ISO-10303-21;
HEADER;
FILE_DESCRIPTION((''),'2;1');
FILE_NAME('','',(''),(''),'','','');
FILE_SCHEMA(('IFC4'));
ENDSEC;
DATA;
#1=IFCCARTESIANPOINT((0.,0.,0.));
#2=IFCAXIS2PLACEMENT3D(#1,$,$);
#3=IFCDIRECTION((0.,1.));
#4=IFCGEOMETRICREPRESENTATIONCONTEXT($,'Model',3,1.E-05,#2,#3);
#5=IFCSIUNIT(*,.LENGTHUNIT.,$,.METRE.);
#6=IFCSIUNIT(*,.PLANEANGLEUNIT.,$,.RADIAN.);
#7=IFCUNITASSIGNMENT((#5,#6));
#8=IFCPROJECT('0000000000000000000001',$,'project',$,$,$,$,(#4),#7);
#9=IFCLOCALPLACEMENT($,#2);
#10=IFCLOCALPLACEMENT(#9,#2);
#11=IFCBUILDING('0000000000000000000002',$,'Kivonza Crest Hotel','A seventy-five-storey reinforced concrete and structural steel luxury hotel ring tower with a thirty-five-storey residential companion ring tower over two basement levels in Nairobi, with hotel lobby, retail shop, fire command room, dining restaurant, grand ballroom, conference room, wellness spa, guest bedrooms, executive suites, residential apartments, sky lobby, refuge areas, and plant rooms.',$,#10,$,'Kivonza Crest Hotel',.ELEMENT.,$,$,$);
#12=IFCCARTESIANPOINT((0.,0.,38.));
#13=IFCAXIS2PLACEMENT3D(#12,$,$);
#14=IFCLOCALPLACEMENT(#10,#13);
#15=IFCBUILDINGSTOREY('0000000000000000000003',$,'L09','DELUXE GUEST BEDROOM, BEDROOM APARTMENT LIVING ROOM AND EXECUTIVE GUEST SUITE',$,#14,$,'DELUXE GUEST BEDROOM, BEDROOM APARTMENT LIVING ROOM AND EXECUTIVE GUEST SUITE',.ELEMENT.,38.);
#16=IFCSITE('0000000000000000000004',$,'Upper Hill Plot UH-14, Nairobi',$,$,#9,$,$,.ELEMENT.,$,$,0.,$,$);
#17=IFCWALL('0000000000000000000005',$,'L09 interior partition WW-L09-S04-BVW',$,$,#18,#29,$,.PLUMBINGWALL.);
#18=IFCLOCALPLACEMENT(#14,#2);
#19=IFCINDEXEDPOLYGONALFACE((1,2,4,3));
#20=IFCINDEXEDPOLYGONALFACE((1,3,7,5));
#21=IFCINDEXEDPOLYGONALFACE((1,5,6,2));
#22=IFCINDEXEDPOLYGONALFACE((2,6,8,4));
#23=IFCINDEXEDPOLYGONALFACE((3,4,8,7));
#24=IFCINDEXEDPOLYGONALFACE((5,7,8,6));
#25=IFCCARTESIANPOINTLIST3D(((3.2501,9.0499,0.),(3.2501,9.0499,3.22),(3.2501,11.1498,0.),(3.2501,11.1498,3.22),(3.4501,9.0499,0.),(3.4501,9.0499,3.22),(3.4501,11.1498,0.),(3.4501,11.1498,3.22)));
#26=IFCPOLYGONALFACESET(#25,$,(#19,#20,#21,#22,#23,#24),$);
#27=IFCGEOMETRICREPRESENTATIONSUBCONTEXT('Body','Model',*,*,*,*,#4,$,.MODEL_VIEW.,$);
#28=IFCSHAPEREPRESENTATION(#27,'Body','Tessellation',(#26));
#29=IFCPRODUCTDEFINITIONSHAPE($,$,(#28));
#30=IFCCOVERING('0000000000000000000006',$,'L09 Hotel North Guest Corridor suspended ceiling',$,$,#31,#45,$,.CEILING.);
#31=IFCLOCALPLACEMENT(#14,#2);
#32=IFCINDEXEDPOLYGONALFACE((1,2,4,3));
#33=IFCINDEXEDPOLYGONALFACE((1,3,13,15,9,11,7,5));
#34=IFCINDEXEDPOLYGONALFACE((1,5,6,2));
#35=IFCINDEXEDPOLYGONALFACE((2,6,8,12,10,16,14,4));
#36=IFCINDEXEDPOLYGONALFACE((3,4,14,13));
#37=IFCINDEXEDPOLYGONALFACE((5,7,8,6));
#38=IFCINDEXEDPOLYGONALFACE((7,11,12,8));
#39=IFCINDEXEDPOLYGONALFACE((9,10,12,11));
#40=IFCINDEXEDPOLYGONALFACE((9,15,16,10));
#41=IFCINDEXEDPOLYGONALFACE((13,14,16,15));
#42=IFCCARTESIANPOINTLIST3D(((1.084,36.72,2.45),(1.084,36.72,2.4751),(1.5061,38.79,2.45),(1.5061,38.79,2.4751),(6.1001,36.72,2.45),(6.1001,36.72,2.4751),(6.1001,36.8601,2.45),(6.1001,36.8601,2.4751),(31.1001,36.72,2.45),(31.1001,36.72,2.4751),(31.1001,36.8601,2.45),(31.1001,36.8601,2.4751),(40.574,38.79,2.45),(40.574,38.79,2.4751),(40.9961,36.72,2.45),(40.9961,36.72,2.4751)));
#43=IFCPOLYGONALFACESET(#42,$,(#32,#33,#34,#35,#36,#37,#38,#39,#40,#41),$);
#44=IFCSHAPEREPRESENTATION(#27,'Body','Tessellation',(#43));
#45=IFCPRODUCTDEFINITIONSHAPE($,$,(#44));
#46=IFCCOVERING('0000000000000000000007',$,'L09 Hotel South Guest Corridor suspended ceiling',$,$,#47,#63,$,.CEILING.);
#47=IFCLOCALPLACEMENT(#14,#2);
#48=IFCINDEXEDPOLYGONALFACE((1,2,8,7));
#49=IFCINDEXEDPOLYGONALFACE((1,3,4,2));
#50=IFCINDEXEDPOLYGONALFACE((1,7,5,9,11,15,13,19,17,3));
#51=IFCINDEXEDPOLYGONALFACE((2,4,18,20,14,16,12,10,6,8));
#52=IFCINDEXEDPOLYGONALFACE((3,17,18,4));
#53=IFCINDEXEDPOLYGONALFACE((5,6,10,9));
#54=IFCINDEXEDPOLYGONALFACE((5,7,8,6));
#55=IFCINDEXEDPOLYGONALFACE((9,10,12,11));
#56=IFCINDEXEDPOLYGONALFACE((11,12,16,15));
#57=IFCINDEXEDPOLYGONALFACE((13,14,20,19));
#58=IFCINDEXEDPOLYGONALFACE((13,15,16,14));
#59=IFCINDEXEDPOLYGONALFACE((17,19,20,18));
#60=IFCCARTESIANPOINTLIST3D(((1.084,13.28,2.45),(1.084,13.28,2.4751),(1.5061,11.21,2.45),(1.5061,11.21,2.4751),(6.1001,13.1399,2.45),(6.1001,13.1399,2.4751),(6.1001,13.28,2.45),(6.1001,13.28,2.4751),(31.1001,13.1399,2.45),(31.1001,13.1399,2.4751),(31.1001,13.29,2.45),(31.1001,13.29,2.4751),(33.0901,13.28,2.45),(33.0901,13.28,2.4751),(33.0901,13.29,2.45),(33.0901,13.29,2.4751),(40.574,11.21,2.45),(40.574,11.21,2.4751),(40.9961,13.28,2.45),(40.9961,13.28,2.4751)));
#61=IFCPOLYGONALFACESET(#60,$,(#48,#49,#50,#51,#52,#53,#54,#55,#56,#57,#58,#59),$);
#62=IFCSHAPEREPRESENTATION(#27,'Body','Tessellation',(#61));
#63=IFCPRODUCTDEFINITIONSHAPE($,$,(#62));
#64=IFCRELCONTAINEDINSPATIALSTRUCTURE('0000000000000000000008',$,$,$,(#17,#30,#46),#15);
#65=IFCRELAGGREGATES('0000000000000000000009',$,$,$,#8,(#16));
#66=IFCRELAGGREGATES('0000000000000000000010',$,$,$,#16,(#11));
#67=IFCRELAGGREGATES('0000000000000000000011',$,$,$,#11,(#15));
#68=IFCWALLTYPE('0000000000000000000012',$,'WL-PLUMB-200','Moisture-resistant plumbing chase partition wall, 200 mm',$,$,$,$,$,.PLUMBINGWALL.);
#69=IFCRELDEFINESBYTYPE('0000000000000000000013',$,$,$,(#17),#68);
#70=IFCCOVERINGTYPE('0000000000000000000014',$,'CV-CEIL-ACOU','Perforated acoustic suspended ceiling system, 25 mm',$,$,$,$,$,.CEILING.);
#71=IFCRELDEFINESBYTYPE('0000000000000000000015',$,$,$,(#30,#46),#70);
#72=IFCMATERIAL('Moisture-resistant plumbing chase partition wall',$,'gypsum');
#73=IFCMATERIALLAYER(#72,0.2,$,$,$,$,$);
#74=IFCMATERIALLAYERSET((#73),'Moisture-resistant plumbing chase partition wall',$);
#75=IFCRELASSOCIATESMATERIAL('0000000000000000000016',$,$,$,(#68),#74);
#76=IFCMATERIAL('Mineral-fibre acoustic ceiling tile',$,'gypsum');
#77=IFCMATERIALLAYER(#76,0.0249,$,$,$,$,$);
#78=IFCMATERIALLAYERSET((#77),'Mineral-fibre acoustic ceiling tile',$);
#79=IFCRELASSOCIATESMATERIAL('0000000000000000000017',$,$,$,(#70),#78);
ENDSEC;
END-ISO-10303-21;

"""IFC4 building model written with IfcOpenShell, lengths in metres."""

from ifc_helpers import new_model, si_unit, direction, frame, frame_2d, origin, place, context, subcontext, project, spatial, polyline, rectangle, outline, extrude, material, layer, layer_set, type_object, element, save


model = new_model("IFC4")

# Units and contexts
model_context = context("Model", 3, precision=1e-05, world=origin(), true_north=direction((0.0, 1.0)))
body_context = subcontext(model_context, "Body", "Model", "MODEL_VIEW")
ifc_project = project(units=[si_unit("LENGTHUNIT", "METRE"), si_unit("PLANEANGLEUNIT", "RADIAN")], contexts=[model_context])

# Site, building, storey
site_placement = place(None, origin())
site = spatial("IfcSite", under=ifc_project, at=site_placement, Name="Upper Hill Plot UH-14, Nairobi", CompositionType="ELEMENT", RefElevation=0.0)
building_placement = place(site_placement, origin())
building = spatial("IfcBuilding", under=site, at=building_placement, Name="Kivonza Crest Hotel", Description="A seventy-five-storey reinforced concrete and structural steel luxury hotel ring tower with a thirty-five-storey residential companion ring tower over two basement levels in Nairobi, with hotel lobby, retail shop, fire command room, dining restaurant, grand ballroom, conference room, wellness spa, guest bedrooms, executive suites, residential apartments, sky lobby, refuge areas, and plant rooms.", LongName="Kivonza Crest Hotel", CompositionType="ELEMENT")
storey_placement = place(building_placement, frame((0.0, 0.0, 38.0)))
storey = spatial("IfcBuildingStorey", under=building, at=storey_placement, Name="L09", Description="DELUXE GUEST BEDROOM, BEDROOM APARTMENT LIVING ROOM AND EXECUTIVE GUEST SUITE", LongName="DELUXE GUEST BEDROOM, BEDROOM APARTMENT LIVING ROOM AND EXECUTIVE GUEST SUITE", CompositionType="ELEMENT", Elevation=38.0)

# Wall
ifc_material_1 = material(Name="Moisture-resistant plumbing chase partition wall", Category="gypsum")
ifc_layer_1 = layer(ifc_material_1, 0.2)
ifc_layer_set_1 = layer_set([ifc_layer_1], Name="Moisture-resistant plumbing chase partition wall")
wall_type_1 = type_object("IfcWallType", Name="WL-PLUMB-200", Description="Moisture-resistant plumbing chase partition wall, 200 mm", PredefinedType="PLUMBINGWALL", material=ifc_layer_set_1)
wall_1_placement = place(storey_placement, frame((3.3501, 9.05, 0.0), z_axis=(0.0, 0.0, 1.0), x_axis=(0.0, 1.0, 0.0)))
element("IfcWall", 1, at=wall_1_placement, inside=storey, type_object=wall_type_1, Name="L09 interior partition WW-L09-S04-BVW", PredefinedType="PLUMBINGWALL", context=body_context, shape_type="SweptSolid", body=[
    extrude(rectangle(XDim=2.0999, YDim=0.2, at=frame_2d((1.0498, 0.0))), origin(), (0.0, 0.0, 1.0), 3.22),
])

# Coverings
ifc_material_2 = material(Name="Mineral-fibre acoustic ceiling tile", Category="gypsum")
ifc_layer_2 = layer(ifc_material_2, 0.0249)
ifc_layer_set_2 = layer_set([ifc_layer_2], Name="Mineral-fibre acoustic ceiling tile")
covering_type = type_object("IfcCoveringType", Name="CV-CEIL-ACOU", Description="Perforated acoustic suspended ceiling system, 25 mm", PredefinedType="CEILING", material=ifc_layer_set_2)
covering_1_placement = place(storey_placement, frame((0.0, 0.0, 2.45)))
element("IfcCovering", 2, at=covering_1_placement, inside=storey, type_object=covering_type, Name="L09 Hotel North Guest Corridor suspended ceiling", PredefinedType="CEILING", context=body_context, shape_type="SweptSolid", body=[
    extrude(outline(polyline([(1.5061, 38.79), (1.084, 36.72), (6.1001, 36.72), (6.1001, 36.8601), (31.1001, 36.8601), (31.1001, 36.72), (40.9961, 36.72), (40.574, 38.79), (1.5061, 38.79)])), origin(), (0.0, 0.0, 1.0), 0.0251),
])
covering_2_placement = place(storey_placement, frame((0.0, 0.0, 2.45)))
element("IfcCovering", 3, at=covering_2_placement, inside=storey, type_object=covering_type, Name="L09 Hotel South Guest Corridor suspended ceiling", PredefinedType="CEILING", context=body_context, shape_type="SweptSolid", body=[
    extrude(outline(polyline([(31.1001, 13.29), (31.1001, 13.1399), (6.1001, 13.1399), (6.1001, 13.28), (1.084, 13.28), (1.5061, 11.21), (40.574, 11.21), (40.9961, 13.28), (33.0901, 13.28), (33.0901, 13.29), (31.1001, 13.29)])), origin(), (0.0, 0.0, 1.0), 0.0251),
])

save(model, "model.ifc")
